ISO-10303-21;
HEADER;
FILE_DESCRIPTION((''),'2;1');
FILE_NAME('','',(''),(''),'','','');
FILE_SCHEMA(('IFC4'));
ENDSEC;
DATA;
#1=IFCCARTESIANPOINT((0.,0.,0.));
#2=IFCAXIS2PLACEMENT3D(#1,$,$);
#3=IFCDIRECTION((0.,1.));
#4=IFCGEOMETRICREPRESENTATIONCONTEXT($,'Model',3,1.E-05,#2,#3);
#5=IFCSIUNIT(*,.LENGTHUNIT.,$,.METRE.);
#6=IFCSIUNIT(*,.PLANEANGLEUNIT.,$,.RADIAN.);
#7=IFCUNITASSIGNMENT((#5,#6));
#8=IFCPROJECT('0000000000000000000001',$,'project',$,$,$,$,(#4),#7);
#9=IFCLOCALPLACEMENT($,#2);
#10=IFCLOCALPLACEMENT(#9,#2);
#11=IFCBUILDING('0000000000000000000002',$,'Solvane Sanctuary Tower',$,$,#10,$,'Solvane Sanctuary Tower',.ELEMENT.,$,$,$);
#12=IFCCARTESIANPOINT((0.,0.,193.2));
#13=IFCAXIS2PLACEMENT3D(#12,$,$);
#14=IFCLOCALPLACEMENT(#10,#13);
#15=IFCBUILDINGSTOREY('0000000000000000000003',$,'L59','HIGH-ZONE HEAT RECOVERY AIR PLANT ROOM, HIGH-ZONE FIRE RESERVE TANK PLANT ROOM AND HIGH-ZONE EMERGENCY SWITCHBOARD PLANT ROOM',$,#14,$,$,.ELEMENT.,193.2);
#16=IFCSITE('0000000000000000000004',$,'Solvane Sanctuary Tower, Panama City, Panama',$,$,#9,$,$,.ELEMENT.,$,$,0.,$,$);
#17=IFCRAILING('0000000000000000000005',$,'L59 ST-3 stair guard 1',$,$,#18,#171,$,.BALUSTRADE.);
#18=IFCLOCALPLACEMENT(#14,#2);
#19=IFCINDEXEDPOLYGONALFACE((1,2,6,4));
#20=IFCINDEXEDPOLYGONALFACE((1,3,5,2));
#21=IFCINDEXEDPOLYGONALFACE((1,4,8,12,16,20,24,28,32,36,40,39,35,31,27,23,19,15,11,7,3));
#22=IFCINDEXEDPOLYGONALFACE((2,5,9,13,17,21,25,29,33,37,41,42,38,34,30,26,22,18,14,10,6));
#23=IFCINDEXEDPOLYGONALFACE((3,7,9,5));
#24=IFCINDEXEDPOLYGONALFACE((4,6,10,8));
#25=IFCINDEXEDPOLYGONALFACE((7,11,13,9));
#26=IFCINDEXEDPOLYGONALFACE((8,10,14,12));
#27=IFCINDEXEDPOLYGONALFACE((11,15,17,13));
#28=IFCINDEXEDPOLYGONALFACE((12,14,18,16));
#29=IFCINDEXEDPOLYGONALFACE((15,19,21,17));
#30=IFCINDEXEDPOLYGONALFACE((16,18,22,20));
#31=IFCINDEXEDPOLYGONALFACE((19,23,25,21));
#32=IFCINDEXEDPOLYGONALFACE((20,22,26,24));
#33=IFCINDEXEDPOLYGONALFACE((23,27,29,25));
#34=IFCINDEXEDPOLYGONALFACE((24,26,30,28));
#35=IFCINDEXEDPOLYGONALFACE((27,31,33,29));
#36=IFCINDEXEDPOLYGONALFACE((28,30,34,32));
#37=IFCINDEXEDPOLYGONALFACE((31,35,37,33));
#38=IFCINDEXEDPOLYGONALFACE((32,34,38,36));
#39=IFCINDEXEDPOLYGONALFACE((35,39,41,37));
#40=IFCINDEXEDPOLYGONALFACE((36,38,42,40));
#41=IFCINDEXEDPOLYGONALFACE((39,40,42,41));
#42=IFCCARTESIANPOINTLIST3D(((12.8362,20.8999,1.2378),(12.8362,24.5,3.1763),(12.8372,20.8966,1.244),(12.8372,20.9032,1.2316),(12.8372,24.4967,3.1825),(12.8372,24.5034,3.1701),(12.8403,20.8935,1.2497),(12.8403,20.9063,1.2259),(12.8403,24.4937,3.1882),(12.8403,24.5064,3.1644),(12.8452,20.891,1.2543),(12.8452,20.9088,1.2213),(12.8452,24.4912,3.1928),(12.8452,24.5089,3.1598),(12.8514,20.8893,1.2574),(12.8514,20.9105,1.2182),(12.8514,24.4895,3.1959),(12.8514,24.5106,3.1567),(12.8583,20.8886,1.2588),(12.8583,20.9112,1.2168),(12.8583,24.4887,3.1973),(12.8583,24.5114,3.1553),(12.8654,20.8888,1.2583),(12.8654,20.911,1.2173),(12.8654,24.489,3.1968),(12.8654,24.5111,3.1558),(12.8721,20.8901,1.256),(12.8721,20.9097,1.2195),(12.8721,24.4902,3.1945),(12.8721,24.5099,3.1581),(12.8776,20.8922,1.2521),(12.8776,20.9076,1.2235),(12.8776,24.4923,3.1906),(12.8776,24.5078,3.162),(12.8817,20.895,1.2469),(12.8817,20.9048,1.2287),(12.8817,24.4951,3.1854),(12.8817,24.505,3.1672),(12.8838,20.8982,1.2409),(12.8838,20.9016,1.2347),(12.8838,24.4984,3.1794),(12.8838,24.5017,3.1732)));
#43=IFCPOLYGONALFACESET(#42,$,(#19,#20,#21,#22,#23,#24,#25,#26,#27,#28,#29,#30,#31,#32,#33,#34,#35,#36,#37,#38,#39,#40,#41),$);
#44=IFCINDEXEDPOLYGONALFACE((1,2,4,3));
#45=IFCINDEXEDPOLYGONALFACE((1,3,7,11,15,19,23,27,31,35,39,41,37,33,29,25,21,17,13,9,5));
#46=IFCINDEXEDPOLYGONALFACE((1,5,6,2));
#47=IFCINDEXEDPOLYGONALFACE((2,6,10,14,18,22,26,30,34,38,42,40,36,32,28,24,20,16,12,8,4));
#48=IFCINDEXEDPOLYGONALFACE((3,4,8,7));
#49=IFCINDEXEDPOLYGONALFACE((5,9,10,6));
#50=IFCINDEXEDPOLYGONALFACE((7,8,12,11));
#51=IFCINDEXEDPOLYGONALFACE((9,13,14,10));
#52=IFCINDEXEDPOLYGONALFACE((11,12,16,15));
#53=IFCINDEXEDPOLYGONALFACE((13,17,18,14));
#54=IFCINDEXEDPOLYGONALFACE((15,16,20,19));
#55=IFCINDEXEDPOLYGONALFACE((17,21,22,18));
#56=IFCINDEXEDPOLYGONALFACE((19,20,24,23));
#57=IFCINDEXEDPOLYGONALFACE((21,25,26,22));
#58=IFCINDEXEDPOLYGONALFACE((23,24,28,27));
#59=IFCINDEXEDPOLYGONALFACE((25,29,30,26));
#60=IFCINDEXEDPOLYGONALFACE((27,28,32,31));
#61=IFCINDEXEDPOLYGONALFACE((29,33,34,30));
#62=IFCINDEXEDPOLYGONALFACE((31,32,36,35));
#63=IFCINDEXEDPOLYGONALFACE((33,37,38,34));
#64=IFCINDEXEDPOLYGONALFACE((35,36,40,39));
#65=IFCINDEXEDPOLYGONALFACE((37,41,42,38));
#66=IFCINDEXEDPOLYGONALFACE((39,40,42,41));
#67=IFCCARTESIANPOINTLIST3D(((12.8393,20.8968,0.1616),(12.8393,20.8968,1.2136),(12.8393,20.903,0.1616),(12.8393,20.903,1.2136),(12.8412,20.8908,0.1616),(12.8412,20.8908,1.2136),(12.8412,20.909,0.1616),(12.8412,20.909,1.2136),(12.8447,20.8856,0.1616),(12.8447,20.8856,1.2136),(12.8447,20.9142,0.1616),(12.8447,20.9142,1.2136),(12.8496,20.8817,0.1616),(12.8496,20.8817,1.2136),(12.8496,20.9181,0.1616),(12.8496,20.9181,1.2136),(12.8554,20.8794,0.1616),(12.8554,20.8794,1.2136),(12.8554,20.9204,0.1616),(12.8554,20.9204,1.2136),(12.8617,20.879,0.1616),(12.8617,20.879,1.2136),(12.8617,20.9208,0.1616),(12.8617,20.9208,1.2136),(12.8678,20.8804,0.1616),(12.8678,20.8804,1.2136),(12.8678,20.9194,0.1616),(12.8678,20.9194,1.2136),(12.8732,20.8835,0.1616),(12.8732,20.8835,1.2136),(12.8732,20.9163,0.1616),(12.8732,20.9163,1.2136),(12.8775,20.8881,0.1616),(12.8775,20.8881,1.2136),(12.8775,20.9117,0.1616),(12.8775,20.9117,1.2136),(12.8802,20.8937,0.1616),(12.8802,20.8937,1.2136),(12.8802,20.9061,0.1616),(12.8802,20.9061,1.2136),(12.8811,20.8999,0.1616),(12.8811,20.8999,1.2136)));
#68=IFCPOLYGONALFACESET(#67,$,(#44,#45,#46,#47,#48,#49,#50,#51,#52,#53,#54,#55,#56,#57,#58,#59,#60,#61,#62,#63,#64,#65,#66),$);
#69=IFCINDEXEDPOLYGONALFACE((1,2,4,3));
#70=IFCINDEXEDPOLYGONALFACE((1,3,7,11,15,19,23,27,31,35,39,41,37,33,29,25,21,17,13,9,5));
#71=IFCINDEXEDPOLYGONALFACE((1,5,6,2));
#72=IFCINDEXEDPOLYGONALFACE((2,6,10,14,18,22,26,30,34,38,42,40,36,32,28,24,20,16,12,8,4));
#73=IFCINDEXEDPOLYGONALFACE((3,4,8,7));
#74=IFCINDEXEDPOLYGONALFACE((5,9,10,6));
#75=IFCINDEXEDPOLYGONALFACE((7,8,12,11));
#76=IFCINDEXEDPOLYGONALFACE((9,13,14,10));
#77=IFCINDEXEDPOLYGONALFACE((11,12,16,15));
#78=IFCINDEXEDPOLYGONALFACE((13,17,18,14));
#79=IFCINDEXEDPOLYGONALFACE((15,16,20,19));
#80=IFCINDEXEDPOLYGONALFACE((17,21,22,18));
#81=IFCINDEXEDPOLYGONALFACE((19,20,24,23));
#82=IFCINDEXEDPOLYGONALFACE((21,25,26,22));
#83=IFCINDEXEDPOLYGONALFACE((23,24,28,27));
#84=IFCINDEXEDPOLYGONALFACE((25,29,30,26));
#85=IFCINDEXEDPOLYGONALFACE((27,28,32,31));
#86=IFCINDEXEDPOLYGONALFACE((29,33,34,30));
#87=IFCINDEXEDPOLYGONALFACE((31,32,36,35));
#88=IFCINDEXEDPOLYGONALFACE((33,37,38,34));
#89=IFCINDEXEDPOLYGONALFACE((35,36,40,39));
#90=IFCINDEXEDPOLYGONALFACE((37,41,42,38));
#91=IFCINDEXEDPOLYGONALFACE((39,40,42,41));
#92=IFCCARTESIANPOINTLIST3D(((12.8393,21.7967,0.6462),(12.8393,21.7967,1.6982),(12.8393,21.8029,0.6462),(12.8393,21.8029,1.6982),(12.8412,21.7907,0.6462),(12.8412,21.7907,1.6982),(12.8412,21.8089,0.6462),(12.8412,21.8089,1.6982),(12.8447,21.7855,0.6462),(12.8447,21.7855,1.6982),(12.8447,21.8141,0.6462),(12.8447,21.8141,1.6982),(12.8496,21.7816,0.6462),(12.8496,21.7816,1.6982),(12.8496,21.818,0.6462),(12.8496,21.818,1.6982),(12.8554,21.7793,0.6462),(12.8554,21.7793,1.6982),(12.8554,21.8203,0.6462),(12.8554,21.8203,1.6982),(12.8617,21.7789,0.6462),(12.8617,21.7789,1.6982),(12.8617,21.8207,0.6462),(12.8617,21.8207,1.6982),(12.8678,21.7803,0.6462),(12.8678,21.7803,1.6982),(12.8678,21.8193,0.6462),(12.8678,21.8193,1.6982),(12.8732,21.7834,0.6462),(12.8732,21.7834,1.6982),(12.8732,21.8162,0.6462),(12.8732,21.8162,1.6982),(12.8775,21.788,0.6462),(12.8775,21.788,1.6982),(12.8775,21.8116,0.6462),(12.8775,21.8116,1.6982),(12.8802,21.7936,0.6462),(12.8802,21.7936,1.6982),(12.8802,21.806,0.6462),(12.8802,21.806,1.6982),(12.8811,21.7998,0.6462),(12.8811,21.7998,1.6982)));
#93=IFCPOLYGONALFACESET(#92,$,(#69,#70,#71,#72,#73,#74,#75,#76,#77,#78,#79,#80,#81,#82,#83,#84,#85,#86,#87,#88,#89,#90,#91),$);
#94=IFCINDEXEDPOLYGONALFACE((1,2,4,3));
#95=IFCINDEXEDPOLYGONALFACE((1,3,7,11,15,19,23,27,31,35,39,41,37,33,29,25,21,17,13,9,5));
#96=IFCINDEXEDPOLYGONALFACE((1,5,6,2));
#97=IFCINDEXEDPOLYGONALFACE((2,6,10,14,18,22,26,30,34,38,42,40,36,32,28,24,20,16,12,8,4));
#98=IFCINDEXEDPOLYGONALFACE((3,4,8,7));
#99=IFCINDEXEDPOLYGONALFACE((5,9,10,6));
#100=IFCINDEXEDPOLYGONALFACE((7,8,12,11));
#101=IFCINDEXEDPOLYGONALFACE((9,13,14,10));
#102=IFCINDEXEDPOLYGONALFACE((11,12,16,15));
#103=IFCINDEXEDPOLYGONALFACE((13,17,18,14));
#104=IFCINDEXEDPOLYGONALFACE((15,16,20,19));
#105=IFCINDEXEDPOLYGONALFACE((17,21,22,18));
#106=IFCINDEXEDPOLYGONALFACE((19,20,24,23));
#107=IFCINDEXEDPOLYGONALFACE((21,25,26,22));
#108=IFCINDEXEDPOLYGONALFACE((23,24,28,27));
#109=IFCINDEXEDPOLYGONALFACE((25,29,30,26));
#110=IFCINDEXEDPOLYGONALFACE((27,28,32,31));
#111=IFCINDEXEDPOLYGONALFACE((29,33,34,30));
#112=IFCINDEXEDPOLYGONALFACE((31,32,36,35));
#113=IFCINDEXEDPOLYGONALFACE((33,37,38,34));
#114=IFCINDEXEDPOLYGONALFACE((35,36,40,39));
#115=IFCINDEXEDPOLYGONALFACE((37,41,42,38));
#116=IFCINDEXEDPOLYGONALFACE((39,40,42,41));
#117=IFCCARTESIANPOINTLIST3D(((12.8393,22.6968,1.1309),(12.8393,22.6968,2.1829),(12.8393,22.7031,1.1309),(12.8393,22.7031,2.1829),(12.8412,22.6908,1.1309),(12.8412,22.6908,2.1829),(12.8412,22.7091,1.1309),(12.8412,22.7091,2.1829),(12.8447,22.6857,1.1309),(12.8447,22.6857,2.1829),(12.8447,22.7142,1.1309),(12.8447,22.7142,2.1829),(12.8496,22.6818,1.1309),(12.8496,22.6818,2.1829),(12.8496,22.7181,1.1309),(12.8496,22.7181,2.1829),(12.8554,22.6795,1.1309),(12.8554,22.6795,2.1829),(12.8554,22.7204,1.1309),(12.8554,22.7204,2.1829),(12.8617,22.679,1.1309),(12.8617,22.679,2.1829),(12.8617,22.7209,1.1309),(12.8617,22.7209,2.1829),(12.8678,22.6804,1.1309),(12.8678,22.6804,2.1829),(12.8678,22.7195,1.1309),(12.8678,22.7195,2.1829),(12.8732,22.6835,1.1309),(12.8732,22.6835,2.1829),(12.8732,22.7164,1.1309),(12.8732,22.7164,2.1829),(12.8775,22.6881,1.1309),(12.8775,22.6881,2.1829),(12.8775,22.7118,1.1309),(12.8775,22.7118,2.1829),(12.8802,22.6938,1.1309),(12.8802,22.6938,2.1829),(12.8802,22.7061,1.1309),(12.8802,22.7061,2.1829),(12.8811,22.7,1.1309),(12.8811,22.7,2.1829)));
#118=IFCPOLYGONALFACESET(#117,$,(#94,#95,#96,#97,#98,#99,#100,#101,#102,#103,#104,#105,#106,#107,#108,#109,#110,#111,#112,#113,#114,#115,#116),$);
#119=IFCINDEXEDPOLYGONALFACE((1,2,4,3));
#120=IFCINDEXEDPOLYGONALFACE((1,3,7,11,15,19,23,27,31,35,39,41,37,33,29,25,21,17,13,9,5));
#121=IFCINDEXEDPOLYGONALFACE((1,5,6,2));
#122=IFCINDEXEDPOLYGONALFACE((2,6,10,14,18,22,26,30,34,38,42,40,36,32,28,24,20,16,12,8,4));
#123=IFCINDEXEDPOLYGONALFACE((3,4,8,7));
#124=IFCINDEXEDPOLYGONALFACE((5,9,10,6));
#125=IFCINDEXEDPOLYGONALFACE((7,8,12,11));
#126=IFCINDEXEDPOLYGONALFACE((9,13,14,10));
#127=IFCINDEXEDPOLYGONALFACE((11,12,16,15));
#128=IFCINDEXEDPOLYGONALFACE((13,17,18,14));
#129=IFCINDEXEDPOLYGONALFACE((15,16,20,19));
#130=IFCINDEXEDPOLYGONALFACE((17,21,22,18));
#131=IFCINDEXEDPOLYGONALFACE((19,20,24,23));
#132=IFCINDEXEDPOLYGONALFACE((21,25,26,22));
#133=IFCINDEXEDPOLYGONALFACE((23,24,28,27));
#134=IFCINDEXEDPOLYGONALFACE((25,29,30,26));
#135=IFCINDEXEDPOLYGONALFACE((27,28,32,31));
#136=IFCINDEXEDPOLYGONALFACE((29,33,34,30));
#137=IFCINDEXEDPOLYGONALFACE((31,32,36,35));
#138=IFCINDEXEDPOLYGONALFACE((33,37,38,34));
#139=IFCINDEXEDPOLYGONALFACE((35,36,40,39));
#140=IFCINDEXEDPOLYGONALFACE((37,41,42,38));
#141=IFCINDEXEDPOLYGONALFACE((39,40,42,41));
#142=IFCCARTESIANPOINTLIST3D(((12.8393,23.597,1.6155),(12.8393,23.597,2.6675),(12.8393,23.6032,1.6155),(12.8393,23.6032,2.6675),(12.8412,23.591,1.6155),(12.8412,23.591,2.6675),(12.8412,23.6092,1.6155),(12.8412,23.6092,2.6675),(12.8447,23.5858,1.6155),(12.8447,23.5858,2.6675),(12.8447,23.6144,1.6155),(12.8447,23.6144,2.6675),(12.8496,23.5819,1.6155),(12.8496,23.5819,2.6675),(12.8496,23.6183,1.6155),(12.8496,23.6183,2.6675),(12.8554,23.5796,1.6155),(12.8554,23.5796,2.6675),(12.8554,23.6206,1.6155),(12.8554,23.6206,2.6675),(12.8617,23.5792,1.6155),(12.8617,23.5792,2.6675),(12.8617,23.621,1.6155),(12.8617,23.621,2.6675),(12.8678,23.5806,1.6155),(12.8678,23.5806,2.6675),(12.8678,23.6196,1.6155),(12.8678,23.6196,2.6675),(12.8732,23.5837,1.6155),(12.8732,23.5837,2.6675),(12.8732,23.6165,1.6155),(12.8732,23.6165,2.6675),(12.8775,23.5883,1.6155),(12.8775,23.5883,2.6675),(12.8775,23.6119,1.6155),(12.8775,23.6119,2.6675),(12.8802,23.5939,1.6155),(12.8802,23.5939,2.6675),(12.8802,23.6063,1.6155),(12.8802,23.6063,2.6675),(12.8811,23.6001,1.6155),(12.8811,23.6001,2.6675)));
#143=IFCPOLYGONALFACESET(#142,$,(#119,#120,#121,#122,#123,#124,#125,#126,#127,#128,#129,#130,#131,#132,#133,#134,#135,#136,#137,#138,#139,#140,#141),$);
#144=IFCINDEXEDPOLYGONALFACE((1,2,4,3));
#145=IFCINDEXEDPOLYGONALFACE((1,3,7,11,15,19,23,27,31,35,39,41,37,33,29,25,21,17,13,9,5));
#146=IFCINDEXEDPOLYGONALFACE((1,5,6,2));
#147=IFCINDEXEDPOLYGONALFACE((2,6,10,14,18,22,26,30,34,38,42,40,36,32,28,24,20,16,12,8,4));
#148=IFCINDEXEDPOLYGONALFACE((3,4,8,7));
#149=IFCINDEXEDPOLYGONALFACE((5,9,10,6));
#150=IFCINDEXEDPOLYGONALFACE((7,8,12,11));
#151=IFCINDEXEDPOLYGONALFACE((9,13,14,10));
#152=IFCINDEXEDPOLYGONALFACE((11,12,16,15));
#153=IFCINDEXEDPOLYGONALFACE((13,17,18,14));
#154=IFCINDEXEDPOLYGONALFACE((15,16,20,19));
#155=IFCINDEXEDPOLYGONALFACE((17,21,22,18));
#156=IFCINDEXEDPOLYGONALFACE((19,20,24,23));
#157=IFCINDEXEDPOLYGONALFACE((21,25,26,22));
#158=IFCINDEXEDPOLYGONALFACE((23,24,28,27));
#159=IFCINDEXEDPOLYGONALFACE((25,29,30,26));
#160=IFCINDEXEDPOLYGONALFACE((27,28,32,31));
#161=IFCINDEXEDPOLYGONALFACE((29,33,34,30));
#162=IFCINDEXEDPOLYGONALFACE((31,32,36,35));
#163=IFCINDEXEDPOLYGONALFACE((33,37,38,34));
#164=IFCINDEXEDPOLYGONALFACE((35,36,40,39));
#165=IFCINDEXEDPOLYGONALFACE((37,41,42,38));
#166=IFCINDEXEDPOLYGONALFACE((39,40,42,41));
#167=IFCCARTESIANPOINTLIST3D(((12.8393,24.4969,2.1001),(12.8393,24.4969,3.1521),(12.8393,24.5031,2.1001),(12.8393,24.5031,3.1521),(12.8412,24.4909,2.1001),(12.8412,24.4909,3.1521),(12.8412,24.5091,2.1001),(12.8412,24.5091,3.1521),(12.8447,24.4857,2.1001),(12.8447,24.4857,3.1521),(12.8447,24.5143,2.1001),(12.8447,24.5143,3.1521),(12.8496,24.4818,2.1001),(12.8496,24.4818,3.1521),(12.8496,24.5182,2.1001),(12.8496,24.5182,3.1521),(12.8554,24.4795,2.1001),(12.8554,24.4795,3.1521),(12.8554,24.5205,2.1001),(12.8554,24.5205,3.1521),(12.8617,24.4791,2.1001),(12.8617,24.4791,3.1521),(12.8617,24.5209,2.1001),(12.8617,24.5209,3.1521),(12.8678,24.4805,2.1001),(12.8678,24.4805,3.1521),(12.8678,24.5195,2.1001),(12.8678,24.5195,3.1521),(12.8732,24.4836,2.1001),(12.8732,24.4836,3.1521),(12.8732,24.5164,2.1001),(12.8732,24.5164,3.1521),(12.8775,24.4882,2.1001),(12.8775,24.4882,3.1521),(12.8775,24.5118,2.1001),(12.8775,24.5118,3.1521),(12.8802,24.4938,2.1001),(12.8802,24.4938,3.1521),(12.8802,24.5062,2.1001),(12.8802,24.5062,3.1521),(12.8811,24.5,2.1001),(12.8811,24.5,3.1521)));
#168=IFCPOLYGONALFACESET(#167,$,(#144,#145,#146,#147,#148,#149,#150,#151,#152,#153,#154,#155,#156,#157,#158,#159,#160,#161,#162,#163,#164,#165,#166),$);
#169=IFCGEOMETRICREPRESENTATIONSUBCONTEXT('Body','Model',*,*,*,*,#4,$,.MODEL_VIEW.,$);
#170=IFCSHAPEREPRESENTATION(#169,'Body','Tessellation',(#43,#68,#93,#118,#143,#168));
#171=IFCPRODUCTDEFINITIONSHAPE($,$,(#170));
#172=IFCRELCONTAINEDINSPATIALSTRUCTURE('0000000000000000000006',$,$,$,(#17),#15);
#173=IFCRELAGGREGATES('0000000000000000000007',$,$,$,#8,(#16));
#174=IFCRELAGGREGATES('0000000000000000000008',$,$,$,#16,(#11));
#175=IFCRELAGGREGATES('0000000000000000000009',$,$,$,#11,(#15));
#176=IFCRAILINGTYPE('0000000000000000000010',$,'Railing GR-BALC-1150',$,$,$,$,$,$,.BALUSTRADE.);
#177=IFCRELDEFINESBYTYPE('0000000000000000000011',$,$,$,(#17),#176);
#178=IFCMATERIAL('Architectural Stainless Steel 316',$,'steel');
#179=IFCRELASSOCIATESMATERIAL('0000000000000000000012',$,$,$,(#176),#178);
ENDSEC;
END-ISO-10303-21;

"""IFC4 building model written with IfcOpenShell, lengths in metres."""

from ifc_helpers import new_model, si_unit, direction, frame, origin, origin_2d, place, context, subcontext, project, spatial, circle, extrude, material, type_object, element, save


model = new_model("IFC4")

# Units and contexts
model_context = context("Model", 3, precision=1e-05, world=origin(), true_north=direction((0.0, 1.0)))
body_context = subcontext(model_context, "Body", "Model", "MODEL_VIEW")
ifc_project = project(units=[si_unit("LENGTHUNIT", "METRE"), si_unit("PLANEANGLEUNIT", "RADIAN")], contexts=[model_context])

# Site, building, storey
site_placement = place(None, origin())
site = spatial("IfcSite", under=ifc_project, at=site_placement, Name="Solvane Sanctuary Tower, Panama City, Panama", CompositionType="ELEMENT", RefElevation=0.0)
building_placement = place(site_placement, origin())
building = spatial("IfcBuilding", under=site, at=building_placement, Name="Solvane Sanctuary Tower", LongName="Solvane Sanctuary Tower", CompositionType="ELEMENT")
storey_placement = place(building_placement, frame((0.0, 0.0, 193.2)))
storey = spatial("IfcBuildingStorey", under=building, at=storey_placement, Name="L59", Description="HIGH-ZONE HEAT RECOVERY AIR PLANT ROOM, HIGH-ZONE FIRE RESERVE TANK PLANT ROOM AND HIGH-ZONE EMERGENCY SWITCHBOARD PLANT ROOM", CompositionType="ELEMENT", Elevation=193.2)

# Shared definitions
ifc_material_1 = material(Name="Architectural Stainless Steel 316", Category="steel")

# Railing
railing_type_1 = type_object("IfcRailingType", Name="Railing GR-BALC-1150", PredefinedType="BALUSTRADE", material=ifc_material_1)
railing_1_placement = place(storey_placement, frame((12.8601, 20.8999, 0.1616)))
element("IfcRailing", 1, at=railing_1_placement, inside=storey, type_object=railing_type_1, Name="L59 ST-3 stair guard 1", PredefinedType="BALUSTRADE", context=body_context, shape_type="SweptSolid", body=[
    extrude(circle(Radius=0.0239, at=origin_2d()), frame((0.0, 0.0, 1.0762), z_axis=(0.0, 0.880475, 0.474093), x_axis=(-1.0, 0.0, 0.0)), (0.0, 0.0, 1.0), 4.0889),
    extrude(circle(Radius=0.021, at=origin_2d()), origin(), (0.0, 0.0, 1.0), 1.052),
    extrude(circle(Radius=0.021, at=origin_2d()), frame((0.0, 0.8999, 0.4846)), (0.0, 0.0, 1.0), 1.052),
    extrude(circle(Radius=0.021, at=origin_2d()), frame((0.0, 1.8, 0.9692)), (0.0, 0.0, 1.0), 1.052),
    extrude(circle(Radius=0.021, at=origin_2d()), frame((0.0, 2.7002, 1.4539)), (0.0, 0.0, 1.0), 1.052),
    extrude(circle(Radius=0.021, at=origin_2d()), frame((0.0, 3.6001, 1.9385)), (0.0, 0.0, 1.0), 1.052),
])

save(model, "model.ifc")
